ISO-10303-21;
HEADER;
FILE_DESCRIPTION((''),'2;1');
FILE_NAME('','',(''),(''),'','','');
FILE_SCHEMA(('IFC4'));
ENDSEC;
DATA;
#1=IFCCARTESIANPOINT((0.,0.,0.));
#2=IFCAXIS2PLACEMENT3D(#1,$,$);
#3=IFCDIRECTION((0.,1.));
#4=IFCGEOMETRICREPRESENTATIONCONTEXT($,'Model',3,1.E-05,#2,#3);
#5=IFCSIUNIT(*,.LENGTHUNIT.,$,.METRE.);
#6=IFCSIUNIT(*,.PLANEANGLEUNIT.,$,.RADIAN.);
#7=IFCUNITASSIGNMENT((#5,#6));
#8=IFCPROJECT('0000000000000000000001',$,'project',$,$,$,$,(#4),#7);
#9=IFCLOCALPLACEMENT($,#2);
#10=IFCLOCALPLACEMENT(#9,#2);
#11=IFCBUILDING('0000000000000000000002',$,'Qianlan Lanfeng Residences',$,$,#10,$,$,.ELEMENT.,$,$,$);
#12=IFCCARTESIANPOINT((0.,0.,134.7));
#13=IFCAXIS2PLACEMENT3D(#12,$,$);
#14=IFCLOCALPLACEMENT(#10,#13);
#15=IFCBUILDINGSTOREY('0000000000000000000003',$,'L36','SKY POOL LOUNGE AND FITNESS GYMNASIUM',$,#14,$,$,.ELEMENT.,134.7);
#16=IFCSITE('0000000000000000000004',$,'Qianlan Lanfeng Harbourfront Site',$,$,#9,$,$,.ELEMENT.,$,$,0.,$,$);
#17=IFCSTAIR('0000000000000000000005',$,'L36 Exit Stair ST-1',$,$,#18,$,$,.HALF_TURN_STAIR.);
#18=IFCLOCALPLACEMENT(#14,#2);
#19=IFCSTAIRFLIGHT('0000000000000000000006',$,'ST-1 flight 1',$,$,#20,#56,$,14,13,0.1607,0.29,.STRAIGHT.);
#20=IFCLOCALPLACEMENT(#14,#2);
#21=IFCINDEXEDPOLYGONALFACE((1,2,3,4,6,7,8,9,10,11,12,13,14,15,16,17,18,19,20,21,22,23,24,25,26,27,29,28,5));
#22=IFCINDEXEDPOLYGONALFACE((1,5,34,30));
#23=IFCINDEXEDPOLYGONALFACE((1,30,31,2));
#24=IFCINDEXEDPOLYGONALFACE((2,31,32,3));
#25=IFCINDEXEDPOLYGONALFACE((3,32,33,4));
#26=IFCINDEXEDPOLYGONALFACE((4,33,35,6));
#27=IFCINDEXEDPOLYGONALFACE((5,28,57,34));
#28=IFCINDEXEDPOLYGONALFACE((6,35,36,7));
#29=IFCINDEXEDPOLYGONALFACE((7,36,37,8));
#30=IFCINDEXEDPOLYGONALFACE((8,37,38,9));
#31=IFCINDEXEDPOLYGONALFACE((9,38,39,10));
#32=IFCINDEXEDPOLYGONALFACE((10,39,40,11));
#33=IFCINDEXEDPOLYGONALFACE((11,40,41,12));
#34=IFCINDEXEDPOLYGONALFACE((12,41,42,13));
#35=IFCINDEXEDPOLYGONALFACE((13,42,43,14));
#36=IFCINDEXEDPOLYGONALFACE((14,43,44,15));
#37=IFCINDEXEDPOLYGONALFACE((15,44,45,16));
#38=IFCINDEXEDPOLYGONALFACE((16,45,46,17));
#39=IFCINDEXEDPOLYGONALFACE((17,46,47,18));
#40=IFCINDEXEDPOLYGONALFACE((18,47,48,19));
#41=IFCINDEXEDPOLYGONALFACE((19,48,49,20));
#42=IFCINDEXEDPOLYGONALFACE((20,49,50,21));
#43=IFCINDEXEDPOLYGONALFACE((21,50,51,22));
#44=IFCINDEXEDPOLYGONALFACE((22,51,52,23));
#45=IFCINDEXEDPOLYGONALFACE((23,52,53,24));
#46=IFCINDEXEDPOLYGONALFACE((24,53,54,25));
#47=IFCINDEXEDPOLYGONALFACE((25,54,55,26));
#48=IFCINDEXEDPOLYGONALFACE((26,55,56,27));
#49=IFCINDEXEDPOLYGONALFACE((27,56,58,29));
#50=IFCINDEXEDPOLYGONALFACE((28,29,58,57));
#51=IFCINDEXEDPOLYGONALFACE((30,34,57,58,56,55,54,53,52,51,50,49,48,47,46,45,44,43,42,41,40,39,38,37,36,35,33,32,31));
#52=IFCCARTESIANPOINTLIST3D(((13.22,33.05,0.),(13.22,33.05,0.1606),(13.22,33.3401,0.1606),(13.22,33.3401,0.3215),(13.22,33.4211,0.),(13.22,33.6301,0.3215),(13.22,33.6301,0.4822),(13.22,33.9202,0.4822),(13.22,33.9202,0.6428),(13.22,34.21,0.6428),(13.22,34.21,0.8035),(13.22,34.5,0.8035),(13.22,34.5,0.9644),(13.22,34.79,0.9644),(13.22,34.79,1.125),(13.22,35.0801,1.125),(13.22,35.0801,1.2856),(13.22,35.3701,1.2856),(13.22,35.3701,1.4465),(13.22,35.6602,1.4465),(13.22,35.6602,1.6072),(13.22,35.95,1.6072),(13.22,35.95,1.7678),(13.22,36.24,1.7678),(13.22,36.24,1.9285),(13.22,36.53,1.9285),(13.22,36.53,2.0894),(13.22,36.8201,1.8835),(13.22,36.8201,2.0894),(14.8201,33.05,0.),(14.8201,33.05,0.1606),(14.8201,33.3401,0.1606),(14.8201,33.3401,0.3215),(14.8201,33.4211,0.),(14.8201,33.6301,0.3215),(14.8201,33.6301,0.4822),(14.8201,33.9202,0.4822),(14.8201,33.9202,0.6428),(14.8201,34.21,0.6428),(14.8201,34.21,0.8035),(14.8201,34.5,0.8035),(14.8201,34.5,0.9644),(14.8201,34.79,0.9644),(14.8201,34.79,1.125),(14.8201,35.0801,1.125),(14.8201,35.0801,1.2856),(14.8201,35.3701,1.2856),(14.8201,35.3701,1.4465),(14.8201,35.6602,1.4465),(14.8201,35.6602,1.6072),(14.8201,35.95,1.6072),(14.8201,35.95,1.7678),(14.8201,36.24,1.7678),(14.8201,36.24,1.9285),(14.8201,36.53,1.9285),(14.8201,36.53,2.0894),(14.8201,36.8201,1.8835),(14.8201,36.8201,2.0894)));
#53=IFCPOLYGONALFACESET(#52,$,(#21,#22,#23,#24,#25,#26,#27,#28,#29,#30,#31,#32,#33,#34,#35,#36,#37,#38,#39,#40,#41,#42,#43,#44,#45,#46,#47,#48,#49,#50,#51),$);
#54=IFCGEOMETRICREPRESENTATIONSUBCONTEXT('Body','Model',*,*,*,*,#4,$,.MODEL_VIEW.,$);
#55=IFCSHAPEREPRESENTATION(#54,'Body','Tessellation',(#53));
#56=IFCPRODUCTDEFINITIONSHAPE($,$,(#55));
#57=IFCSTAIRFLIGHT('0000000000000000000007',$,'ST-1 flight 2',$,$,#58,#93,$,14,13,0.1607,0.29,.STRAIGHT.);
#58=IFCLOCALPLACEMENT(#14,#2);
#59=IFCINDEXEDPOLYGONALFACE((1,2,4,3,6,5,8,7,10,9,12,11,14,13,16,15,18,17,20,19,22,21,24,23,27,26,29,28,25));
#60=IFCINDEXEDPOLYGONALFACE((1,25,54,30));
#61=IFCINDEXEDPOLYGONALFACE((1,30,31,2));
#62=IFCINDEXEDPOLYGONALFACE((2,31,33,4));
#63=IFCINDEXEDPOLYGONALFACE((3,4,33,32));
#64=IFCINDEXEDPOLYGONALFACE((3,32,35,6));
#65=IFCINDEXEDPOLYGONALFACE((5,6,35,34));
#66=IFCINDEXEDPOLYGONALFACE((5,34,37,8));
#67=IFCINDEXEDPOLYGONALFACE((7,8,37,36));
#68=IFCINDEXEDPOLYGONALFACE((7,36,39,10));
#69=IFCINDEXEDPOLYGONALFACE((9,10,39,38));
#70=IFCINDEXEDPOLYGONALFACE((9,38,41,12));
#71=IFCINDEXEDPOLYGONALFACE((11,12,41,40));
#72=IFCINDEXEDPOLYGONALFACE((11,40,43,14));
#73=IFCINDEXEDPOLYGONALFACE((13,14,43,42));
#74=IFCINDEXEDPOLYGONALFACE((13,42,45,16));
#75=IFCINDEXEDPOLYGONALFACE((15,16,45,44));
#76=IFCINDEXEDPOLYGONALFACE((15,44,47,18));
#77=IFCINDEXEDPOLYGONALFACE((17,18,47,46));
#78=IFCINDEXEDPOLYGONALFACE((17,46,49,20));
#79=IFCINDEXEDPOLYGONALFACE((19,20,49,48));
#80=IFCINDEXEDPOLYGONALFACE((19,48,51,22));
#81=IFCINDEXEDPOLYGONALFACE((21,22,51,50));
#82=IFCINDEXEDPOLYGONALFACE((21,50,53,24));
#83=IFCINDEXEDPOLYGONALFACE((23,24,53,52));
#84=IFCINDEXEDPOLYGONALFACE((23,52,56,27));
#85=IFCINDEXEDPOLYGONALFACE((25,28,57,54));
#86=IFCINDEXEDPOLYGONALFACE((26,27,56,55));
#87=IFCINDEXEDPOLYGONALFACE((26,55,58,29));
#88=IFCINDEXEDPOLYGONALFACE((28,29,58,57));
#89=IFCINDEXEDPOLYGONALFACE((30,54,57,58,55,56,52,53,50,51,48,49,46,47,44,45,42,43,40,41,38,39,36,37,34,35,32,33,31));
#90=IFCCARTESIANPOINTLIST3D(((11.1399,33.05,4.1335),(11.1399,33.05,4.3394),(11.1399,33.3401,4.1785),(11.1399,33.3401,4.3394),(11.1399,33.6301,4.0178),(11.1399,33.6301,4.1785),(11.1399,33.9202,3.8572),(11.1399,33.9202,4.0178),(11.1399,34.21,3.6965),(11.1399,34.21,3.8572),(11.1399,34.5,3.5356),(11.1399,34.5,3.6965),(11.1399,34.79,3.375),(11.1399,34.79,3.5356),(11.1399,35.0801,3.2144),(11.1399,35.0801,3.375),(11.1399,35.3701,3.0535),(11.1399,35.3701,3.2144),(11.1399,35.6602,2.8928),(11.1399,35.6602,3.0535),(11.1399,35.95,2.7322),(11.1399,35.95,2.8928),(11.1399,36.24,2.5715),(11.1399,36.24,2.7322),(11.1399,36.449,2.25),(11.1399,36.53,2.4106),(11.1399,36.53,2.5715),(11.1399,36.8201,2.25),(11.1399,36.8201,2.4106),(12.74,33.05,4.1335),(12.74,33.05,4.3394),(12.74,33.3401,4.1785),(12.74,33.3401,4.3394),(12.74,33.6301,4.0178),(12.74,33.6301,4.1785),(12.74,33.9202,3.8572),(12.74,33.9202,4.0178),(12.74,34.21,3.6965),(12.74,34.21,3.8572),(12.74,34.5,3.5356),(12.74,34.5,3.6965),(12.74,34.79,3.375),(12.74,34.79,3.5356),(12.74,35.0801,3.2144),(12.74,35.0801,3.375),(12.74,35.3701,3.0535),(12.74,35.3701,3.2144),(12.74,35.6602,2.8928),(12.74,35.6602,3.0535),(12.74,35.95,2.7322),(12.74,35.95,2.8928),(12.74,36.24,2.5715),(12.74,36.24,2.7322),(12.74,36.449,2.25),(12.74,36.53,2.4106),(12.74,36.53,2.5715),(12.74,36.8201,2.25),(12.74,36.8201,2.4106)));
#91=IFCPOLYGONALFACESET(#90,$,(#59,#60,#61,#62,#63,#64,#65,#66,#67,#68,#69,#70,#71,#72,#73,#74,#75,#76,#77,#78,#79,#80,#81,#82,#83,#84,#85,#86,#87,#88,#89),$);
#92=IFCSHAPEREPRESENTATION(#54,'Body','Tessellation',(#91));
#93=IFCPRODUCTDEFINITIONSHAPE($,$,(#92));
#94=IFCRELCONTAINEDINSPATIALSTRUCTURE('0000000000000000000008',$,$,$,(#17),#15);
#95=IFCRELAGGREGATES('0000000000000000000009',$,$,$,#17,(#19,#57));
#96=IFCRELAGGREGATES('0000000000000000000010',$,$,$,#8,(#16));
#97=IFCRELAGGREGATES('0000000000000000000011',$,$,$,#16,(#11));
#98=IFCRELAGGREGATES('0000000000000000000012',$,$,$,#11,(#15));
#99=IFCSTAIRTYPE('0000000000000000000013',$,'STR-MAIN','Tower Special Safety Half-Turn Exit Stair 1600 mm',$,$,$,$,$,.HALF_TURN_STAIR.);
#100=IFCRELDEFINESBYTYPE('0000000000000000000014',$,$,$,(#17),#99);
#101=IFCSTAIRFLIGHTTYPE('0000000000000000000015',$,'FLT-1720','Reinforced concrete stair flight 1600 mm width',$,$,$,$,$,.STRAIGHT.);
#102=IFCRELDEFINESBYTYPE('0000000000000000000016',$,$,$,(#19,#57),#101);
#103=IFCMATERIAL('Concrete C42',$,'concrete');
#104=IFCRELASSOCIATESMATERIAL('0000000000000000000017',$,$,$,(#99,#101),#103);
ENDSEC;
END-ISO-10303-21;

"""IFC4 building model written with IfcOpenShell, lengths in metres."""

from ifc_helpers import new_model, si_unit, direction, frame, origin, place, context, subcontext, project, spatial, polyline, outline, extrude, material, type_object, element, aggregate, save


model = new_model("IFC4")

# Units and contexts
model_context = context("Model", 3, precision=1e-05, world=origin(), true_north=direction((0.0, 1.0)))
body_context = subcontext(model_context, "Body", "Model", "MODEL_VIEW")
ifc_project = project(units=[si_unit("LENGTHUNIT", "METRE"), si_unit("PLANEANGLEUNIT", "RADIAN")], contexts=[model_context])

# Site, building, storey
site_placement = place(None, origin())
site = spatial("IfcSite", under=ifc_project, at=site_placement, Name="Qianlan Lanfeng Harbourfront Site", CompositionType="ELEMENT", RefElevation=0.0)
building_placement = place(site_placement, origin())
building = spatial("IfcBuilding", under=site, at=building_placement, Name="Qianlan Lanfeng Residences", CompositionType="ELEMENT")
storey_placement = place(building_placement, frame((0.0, 0.0, 134.7)))
storey = spatial("IfcBuildingStorey", under=building, at=storey_placement, Name="L36", Description="SKY POOL LOUNGE AND FITNESS GYMNASIUM", CompositionType="ELEMENT", Elevation=134.7)

# Stair, stair flights
ifc_material_1 = material(Name="Concrete C42", Category="concrete")
stair_type = type_object("IfcStairType", Name="STR-MAIN", Description="Tower Special Safety Half-Turn Exit Stair 1600 mm", PredefinedType="HALF_TURN_STAIR", material=ifc_material_1)
stair_placement = place(storey_placement, origin())
stair = element("IfcStair", 1, at=stair_placement, inside=storey, type_object=stair_type, Name="L36 Exit Stair ST-1", PredefinedType="HALF_TURN_STAIR")
stair_flight_type = type_object("IfcStairFlightType", Name="FLT-1720", Description="Reinforced concrete stair flight 1600 mm width", PredefinedType="STRAIGHT", material=ifc_material_1)
stair_flight_1_placement = place(storey_placement, frame((14.02, 33.05, 0.0), z_axis=(0.0, 0.0, 1.0), x_axis=(0.0, 1.0, 0.0)))
stair_flight_1 = element("IfcStairFlight", 2, at=stair_flight_1_placement, type_object=stair_flight_type, Name="ST-1 flight 1", NumberOfRisers=14, NumberOfTreads=13, PredefinedType="STRAIGHT", RiserHeight=0.1607, TreadLength=0.29, context=body_context, shape_type="SweptSolid", body=[
    extrude(outline(polyline([(0.0, 0.0), (0.0, 0.1606), (0.29, 0.1606), (0.29, 0.3215), (0.5801, 0.3215), (0.5801, 0.4822), (0.8701, 0.4822), (0.8701, 0.6428), (1.1599, 0.6428), (1.1599, 0.8035), (1.45, 0.8035), (1.45, 0.9644), (1.74, 0.9644), (1.74, 1.125), (2.03, 1.125), (2.03, 1.2856), (2.3201, 1.2856), (2.3201, 1.4465), (2.6101, 1.4465), (2.6101, 1.6072), (2.8999, 1.6072), (2.8999, 1.7678), (3.1899, 1.7678), (3.1899, 1.9285), (3.48, 1.9285), (3.48, 2.0894), (3.77, 2.0894), (3.77, 2.25), (3.77, 1.8835), (0.3711, 0.0), (0.0, 0.0)])), frame((0.0, 0.8, 0.0), z_axis=(0.0, -1.0, 0.0), x_axis=(1.0, 0.0, 0.0)), (0.0, 0.0, 1.0), 1.6001),
])
stair_flight_2_placement = place(storey_placement, frame((11.9399, 36.8201, 2.25), z_axis=(0.0, 0.0, 1.0), x_axis=(0.0, -1.0, 0.0)))
stair_flight_2 = element("IfcStairFlight", 3, at=stair_flight_2_placement, type_object=stair_flight_type, Name="ST-1 flight 2", NumberOfRisers=14, NumberOfTreads=13, PredefinedType="STRAIGHT", RiserHeight=0.1607, TreadLength=0.29, context=body_context, shape_type="SweptSolid", body=[
    extrude(outline(polyline([(0.0, 0.0), (0.0, 0.1606), (0.29, 0.1606), (0.29, 0.3215), (0.5801, 0.3215), (0.5801, 0.4822), (0.8701, 0.4822), (0.8701, 0.6428), (1.1599, 0.6428), (1.1599, 0.8035), (1.45, 0.8035), (1.45, 0.9644), (1.74, 0.9644), (1.74, 1.125), (2.03, 1.125), (2.03, 1.2856), (2.3201, 1.2856), (2.3201, 1.4465), (2.6101, 1.4465), (2.6101, 1.6072), (2.8999, 1.6072), (2.8999, 1.7678), (3.1899, 1.7678), (3.1899, 1.9285), (3.48, 1.9285), (3.48, 2.0894), (3.77, 2.0894), (3.77, 2.25), (3.77, 1.8835), (0.3711, 0.0), (0.0, 0.0)])), frame((0.0, 0.8, 0.0), z_axis=(0.0, -1.0, 0.0), x_axis=(1.0, 0.0, 0.0)), (0.0, 0.0, 1.0), 1.6001),
])
aggregate(stair, [stair_flight_1, stair_flight_2])

save(model, "model.ifc")
